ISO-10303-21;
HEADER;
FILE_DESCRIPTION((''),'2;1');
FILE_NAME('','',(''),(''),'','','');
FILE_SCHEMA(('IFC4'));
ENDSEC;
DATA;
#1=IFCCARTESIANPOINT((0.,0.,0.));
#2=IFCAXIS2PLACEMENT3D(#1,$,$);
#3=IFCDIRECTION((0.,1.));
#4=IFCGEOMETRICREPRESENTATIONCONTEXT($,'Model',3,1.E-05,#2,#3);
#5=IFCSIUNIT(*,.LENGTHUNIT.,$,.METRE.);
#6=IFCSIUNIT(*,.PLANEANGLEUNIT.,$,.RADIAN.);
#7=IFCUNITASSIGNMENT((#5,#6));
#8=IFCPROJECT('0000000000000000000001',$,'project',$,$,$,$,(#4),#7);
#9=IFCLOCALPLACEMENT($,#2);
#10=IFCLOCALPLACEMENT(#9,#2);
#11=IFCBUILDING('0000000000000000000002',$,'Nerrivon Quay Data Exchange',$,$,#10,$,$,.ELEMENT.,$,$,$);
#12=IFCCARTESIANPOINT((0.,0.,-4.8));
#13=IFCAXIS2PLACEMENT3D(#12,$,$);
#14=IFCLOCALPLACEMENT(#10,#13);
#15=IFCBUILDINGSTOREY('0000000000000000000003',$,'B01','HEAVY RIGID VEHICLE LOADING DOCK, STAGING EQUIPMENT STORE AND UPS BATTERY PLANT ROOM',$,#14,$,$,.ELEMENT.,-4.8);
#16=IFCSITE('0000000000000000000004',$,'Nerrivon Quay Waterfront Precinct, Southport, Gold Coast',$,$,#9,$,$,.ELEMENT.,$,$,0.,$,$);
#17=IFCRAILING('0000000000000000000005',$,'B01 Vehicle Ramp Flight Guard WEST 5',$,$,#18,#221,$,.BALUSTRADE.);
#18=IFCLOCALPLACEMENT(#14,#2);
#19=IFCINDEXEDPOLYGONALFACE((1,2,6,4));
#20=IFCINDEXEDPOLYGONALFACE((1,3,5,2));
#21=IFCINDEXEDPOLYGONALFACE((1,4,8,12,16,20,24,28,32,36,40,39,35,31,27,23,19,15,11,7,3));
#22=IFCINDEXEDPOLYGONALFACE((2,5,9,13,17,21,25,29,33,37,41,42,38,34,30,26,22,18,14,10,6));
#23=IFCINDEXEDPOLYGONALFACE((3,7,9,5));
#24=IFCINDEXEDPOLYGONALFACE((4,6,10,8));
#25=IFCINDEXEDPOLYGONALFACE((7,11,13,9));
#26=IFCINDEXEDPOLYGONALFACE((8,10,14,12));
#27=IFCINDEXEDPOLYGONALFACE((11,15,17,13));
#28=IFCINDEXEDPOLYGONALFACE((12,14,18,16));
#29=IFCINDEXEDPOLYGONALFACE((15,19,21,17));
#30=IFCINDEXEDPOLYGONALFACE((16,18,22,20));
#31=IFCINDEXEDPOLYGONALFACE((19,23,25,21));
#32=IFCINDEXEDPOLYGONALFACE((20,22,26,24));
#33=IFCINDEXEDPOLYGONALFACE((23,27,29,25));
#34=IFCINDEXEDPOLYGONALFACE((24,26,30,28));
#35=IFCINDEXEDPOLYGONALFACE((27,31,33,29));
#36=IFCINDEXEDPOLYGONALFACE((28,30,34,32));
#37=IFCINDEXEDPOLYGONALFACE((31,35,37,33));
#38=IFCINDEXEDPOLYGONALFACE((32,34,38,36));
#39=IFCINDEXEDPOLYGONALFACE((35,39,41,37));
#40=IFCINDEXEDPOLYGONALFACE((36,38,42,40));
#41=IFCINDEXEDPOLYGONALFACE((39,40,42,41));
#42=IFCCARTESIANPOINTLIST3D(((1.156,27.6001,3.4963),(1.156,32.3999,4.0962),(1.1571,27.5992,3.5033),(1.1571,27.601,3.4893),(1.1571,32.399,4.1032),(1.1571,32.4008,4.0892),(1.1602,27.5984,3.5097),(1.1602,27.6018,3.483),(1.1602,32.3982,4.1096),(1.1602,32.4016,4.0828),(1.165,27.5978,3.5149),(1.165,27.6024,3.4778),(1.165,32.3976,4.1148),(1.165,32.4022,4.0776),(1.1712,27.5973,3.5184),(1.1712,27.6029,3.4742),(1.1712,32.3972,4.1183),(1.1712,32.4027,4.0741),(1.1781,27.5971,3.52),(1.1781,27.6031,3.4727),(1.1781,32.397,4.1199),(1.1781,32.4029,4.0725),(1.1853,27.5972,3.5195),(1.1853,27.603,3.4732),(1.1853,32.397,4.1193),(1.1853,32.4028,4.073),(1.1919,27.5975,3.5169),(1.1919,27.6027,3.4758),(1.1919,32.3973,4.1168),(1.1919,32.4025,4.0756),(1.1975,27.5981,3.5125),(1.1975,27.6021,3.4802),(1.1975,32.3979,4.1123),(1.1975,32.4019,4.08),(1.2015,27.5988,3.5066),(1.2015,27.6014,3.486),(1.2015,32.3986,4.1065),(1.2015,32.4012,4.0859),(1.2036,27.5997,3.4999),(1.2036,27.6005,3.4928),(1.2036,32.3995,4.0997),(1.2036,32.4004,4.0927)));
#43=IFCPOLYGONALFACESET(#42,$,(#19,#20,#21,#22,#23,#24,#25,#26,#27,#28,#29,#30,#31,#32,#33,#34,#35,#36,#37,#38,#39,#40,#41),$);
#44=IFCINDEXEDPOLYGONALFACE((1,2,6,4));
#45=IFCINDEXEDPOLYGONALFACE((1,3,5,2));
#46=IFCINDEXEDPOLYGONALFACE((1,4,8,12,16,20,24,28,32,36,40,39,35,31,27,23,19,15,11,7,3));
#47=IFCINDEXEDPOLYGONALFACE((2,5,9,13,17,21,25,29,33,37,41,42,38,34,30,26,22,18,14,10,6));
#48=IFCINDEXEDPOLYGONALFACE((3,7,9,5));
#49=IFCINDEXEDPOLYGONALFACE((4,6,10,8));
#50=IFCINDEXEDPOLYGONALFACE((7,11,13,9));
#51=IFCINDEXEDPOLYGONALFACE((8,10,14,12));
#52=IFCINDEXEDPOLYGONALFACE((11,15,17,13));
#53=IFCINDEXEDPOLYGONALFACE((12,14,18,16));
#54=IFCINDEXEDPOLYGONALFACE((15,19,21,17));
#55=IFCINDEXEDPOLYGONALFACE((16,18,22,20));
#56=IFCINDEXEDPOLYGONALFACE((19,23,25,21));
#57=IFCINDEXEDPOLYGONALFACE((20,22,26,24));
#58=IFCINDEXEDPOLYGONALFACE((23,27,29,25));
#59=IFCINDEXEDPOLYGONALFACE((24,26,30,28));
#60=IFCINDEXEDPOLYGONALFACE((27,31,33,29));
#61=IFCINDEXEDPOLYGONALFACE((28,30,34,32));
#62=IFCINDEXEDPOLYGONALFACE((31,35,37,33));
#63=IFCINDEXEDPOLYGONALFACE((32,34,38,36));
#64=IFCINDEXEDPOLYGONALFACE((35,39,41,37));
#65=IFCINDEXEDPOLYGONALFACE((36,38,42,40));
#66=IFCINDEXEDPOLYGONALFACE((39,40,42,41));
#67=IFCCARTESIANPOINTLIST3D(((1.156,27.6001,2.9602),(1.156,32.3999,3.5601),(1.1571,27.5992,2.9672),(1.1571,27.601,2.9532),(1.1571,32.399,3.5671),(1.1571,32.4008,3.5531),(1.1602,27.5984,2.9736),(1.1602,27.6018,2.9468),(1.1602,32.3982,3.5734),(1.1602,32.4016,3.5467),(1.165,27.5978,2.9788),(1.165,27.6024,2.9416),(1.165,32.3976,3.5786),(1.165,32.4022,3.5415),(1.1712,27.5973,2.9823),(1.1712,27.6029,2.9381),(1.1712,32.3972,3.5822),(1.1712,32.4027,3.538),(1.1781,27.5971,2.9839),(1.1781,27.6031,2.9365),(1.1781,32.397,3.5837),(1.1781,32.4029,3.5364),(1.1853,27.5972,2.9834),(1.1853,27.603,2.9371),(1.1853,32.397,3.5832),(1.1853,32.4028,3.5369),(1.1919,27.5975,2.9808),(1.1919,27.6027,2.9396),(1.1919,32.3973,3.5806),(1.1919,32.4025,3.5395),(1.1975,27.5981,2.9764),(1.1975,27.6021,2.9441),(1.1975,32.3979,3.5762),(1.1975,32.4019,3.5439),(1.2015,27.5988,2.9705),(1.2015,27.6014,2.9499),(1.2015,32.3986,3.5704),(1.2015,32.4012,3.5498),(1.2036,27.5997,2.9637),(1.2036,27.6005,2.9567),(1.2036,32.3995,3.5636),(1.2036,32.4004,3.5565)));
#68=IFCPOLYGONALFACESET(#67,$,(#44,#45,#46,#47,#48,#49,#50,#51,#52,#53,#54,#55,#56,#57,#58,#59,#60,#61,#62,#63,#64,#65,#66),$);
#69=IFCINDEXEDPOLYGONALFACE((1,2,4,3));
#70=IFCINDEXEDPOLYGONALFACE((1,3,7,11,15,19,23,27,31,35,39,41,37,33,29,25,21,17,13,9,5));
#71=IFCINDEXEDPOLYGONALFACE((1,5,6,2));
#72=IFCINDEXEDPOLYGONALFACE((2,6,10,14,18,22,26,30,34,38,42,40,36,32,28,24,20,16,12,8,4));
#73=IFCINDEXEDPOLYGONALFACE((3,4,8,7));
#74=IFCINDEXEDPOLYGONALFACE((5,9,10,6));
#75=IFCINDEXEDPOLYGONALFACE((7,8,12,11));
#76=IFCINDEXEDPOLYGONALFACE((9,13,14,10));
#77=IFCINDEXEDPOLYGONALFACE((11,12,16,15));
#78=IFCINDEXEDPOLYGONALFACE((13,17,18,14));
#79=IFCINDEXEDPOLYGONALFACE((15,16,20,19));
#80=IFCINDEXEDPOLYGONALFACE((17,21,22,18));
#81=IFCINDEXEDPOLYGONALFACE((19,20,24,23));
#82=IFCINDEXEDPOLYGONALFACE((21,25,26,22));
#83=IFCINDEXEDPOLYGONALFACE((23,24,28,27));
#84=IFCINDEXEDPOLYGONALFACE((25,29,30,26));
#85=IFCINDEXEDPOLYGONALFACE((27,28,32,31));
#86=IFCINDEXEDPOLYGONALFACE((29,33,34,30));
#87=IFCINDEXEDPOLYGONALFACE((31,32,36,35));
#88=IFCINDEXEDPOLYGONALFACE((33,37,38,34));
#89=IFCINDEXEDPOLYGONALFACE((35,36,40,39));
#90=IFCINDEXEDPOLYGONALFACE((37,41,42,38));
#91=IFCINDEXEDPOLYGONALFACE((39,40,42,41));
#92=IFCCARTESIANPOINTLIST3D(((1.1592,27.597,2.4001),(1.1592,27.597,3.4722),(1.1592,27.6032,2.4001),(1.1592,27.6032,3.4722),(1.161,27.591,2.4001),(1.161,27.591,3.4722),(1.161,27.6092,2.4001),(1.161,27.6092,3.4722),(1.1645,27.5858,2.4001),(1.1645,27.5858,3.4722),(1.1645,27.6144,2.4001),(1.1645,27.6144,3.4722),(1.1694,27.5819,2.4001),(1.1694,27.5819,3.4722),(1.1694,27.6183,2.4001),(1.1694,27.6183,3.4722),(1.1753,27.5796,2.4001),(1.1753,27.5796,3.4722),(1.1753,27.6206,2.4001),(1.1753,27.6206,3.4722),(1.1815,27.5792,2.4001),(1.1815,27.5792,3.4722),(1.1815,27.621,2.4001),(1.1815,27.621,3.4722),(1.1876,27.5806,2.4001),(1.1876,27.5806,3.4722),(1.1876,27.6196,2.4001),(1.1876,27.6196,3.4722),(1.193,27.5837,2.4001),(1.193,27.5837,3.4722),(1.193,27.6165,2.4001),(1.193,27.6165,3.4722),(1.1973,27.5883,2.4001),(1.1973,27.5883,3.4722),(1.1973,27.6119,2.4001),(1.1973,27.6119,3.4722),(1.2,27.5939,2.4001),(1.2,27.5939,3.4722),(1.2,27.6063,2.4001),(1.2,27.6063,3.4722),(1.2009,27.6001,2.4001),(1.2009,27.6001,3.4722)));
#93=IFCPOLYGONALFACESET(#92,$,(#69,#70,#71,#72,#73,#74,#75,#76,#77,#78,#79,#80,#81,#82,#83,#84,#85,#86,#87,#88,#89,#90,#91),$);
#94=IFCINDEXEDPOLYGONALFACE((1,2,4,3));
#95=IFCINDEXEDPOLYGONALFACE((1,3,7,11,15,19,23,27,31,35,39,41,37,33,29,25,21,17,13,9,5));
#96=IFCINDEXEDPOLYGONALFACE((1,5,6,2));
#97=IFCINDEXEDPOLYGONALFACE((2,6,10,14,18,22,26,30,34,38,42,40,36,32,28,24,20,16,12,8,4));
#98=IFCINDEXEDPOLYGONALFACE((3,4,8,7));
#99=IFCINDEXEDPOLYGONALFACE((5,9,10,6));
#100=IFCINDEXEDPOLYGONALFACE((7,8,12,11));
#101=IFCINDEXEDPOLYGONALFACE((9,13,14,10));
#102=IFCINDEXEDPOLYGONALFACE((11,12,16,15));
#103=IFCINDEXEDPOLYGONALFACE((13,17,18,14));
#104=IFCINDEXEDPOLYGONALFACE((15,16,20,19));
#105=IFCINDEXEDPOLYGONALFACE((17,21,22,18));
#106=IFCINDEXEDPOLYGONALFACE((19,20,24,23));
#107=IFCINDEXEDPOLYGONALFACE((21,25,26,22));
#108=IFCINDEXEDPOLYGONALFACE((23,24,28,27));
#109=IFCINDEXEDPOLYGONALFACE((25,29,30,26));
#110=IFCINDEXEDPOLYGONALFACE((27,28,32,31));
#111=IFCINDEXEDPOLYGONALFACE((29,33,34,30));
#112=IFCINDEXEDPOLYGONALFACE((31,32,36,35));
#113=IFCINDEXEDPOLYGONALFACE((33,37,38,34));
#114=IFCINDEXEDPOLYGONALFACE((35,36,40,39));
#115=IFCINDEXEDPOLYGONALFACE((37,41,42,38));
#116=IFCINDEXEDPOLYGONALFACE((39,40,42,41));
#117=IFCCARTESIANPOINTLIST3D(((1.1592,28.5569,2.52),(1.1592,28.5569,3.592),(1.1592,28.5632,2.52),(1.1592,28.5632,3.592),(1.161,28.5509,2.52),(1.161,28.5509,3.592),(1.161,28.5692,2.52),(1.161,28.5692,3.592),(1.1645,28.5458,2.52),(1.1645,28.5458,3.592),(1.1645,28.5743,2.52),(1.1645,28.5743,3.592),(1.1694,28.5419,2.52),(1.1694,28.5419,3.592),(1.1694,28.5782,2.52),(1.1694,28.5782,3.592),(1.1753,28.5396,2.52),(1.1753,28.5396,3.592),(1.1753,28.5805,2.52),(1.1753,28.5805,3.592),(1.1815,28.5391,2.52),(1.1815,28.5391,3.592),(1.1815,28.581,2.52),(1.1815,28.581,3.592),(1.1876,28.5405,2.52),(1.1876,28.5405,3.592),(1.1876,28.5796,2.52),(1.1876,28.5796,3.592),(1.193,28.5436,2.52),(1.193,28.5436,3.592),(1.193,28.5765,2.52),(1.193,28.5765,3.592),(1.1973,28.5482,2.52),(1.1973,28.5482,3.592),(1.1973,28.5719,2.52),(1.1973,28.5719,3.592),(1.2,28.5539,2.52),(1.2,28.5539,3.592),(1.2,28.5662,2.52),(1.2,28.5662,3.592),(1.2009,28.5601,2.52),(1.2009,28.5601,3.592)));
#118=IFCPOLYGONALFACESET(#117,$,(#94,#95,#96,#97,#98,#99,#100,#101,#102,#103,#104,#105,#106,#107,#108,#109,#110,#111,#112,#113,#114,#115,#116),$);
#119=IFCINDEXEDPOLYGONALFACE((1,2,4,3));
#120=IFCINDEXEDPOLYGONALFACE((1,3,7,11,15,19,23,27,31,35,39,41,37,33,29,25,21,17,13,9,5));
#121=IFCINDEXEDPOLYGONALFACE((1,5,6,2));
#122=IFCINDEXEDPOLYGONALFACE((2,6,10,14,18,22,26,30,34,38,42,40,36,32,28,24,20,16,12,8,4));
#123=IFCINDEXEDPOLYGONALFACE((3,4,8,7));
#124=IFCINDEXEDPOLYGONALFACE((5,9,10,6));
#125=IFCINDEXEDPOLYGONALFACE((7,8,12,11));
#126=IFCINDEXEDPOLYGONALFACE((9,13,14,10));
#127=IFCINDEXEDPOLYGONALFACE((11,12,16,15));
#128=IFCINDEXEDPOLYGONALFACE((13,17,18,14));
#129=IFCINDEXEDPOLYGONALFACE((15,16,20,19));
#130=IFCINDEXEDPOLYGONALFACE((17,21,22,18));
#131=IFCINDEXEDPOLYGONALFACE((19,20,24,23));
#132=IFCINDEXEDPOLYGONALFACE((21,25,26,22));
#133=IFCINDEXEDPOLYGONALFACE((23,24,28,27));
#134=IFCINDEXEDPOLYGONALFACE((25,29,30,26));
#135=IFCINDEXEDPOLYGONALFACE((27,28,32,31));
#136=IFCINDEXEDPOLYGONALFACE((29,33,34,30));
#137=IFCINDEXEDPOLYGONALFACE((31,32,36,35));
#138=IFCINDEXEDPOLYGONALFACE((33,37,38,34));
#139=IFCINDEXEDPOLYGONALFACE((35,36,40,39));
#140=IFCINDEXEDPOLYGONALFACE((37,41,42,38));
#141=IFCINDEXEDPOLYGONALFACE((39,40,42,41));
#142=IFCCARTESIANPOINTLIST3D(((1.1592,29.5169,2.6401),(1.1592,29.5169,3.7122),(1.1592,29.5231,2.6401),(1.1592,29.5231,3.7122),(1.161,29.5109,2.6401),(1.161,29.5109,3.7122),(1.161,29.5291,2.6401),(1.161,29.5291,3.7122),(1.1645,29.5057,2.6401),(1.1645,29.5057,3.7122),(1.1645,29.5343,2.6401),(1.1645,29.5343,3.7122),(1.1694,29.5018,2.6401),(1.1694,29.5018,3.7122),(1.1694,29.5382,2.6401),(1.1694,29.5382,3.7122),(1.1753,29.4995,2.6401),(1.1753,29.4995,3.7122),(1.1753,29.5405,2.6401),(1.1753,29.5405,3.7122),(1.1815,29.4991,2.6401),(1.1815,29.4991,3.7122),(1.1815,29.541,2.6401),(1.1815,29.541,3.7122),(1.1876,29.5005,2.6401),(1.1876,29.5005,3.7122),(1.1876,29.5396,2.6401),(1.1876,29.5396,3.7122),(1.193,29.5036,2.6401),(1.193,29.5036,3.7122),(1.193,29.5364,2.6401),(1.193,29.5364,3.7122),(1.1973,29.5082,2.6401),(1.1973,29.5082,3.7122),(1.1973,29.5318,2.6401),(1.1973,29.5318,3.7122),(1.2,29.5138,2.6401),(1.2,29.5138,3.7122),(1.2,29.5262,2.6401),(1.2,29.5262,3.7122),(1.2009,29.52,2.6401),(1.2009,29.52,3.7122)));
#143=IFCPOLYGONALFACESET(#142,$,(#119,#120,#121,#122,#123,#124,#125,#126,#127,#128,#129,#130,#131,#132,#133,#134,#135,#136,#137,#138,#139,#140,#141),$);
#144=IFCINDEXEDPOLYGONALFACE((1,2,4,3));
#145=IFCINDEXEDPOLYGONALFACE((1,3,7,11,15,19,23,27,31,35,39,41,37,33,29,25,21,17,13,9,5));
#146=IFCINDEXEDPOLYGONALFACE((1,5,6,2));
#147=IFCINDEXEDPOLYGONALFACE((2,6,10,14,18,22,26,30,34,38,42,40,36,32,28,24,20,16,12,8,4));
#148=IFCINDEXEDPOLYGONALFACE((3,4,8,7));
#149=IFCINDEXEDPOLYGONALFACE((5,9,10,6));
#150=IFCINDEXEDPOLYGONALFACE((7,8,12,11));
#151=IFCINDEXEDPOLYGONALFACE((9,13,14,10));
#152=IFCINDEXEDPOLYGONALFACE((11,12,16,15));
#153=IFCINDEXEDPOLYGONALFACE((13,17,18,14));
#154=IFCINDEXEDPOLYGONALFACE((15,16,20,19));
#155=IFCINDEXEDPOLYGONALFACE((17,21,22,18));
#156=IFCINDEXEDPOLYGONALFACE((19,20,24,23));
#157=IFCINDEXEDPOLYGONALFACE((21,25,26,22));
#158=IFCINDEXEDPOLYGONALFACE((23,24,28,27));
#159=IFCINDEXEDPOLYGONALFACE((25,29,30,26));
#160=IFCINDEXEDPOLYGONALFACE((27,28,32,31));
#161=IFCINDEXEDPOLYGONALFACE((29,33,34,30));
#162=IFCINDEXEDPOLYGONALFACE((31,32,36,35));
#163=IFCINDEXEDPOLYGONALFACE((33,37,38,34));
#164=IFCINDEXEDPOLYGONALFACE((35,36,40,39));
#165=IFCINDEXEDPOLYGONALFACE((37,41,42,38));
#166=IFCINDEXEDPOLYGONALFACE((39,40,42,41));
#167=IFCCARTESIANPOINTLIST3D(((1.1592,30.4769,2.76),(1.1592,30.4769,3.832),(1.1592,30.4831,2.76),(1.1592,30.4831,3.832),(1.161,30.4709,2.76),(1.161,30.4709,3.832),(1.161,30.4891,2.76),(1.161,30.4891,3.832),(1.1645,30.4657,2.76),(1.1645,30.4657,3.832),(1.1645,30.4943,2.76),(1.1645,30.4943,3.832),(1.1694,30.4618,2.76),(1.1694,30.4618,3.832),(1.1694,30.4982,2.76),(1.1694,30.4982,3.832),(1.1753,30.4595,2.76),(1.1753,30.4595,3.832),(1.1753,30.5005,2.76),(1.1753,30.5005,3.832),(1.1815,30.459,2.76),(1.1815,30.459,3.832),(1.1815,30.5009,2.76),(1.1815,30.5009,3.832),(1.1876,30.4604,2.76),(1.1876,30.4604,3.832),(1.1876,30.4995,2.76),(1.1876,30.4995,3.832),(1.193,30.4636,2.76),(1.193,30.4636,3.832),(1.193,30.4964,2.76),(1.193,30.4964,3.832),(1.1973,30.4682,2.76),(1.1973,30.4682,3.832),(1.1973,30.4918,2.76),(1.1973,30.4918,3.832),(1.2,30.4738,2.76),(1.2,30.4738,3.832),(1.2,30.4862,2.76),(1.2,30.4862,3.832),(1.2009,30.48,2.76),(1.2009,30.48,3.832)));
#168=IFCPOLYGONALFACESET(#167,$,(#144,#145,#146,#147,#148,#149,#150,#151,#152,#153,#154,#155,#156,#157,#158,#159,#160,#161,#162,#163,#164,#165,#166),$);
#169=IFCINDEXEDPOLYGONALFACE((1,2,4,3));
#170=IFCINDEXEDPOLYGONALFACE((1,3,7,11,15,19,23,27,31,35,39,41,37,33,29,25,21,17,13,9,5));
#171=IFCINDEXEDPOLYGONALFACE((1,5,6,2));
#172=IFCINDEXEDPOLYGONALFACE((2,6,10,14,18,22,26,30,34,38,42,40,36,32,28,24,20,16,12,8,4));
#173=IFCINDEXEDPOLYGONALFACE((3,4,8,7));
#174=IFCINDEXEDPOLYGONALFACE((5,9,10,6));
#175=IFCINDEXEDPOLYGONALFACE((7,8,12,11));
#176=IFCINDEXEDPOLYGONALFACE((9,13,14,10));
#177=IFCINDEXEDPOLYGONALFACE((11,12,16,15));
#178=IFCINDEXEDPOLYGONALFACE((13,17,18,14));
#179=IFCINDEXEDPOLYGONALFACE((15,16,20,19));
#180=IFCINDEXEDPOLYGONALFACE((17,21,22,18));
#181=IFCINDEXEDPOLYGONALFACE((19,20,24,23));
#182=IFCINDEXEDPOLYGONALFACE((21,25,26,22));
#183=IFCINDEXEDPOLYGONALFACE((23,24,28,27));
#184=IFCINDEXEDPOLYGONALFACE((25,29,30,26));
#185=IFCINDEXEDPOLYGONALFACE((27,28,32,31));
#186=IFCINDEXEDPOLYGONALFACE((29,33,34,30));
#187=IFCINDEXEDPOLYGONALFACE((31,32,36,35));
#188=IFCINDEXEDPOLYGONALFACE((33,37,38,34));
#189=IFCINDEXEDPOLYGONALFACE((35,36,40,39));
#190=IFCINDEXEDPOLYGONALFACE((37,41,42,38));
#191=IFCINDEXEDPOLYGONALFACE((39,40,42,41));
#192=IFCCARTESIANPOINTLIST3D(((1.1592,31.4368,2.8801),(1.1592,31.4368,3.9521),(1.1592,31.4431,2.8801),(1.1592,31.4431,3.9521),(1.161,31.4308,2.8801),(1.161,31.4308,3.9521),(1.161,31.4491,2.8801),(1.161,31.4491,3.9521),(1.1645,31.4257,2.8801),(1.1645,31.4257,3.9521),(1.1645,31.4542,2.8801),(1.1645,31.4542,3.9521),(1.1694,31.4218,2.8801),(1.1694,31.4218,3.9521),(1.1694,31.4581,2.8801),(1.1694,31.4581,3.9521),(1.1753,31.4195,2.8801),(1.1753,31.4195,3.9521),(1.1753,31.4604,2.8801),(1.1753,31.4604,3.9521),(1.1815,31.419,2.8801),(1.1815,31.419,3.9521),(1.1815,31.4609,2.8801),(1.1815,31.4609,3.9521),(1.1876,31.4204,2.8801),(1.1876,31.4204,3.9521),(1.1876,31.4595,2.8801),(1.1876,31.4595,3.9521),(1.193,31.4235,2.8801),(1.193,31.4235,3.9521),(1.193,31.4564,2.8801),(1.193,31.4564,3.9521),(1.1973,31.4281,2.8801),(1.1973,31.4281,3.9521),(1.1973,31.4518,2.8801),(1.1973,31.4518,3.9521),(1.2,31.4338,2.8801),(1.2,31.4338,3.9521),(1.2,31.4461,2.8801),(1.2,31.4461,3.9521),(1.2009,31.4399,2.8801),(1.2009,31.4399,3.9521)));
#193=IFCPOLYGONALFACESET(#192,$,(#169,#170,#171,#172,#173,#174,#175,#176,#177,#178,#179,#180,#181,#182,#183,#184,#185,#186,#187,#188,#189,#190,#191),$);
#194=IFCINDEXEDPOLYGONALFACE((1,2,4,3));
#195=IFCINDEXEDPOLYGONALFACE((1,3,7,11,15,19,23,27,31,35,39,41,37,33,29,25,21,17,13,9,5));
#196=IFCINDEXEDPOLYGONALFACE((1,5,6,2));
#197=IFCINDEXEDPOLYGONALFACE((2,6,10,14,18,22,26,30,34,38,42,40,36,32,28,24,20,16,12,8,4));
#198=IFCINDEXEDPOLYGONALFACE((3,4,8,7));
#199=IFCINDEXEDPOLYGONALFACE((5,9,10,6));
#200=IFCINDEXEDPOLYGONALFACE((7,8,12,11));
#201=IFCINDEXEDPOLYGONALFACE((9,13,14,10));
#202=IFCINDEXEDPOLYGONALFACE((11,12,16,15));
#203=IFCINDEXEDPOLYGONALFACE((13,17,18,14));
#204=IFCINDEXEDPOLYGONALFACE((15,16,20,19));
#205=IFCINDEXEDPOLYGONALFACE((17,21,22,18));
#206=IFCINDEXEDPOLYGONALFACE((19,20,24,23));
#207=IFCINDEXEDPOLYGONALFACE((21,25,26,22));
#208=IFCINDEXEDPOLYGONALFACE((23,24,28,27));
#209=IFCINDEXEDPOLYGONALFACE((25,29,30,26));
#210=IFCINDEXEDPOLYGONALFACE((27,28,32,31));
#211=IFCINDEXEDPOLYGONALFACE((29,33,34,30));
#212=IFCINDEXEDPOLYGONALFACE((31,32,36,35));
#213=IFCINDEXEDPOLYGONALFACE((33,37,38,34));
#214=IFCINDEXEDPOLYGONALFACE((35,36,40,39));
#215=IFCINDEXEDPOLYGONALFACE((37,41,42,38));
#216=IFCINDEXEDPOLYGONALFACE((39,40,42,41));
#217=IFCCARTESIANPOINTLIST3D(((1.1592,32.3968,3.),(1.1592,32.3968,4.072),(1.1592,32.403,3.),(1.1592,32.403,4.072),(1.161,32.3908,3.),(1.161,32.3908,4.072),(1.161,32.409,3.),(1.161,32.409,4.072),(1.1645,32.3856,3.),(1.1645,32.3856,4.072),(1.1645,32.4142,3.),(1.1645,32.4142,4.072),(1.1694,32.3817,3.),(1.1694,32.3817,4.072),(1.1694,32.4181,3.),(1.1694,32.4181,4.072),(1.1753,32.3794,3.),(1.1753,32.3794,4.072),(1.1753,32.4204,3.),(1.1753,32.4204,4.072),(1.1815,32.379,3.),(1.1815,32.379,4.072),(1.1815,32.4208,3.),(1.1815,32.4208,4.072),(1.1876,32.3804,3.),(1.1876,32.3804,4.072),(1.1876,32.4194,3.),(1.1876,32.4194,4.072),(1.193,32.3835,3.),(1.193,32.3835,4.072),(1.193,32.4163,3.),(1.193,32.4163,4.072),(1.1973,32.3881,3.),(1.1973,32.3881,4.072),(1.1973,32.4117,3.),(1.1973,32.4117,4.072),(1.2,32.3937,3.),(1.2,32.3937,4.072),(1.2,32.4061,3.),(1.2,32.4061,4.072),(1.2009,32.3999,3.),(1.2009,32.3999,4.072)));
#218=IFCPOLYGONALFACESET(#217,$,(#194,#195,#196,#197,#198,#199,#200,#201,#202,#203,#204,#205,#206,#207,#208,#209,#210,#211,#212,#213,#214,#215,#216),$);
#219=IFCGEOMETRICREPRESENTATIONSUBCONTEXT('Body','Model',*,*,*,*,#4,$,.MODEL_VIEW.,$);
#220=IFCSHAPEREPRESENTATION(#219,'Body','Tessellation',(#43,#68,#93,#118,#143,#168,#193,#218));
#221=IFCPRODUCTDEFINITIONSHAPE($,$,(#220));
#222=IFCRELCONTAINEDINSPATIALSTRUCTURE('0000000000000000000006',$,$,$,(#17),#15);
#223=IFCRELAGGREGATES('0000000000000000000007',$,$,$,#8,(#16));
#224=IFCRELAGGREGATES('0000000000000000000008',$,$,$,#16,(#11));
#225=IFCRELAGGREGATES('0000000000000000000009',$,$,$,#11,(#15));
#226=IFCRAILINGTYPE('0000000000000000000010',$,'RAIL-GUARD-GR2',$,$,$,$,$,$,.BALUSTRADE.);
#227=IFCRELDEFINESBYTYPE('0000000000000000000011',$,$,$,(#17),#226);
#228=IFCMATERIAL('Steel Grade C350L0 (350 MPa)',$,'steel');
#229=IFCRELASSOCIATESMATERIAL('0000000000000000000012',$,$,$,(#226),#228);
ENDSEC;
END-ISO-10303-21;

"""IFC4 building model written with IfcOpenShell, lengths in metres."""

from ifc_helpers import new_model, si_unit, direction, frame, origin, origin_2d, place, context, subcontext, project, spatial, circle, extrude, material, type_object, element, save


model = new_model("IFC4")

# Units and contexts
model_context = context("Model", 3, precision=1e-05, world=origin(), true_north=direction((0.0, 1.0)))
body_context = subcontext(model_context, "Body", "Model", "MODEL_VIEW")
ifc_project = project(units=[si_unit("LENGTHUNIT", "METRE"), si_unit("PLANEANGLEUNIT", "RADIAN")], contexts=[model_context])

# Site, building, storey
site_placement = place(None, origin())
site = spatial("IfcSite", under=ifc_project, at=site_placement, Name="Nerrivon Quay Waterfront Precinct, Southport, Gold Coast", CompositionType="ELEMENT", RefElevation=0.0)
building_placement = place(site_placement, origin())
building = spatial("IfcBuilding", under=site, at=building_placement, Name="Nerrivon Quay Data Exchange", CompositionType="ELEMENT")
storey_placement = place(building_placement, frame((0.0, 0.0, -4.8)))
storey = spatial("IfcBuildingStorey", under=building, at=storey_placement, Name="B01", Description="HEAVY RIGID VEHICLE LOADING DOCK, STAGING EQUIPMENT STORE AND UPS BATTERY PLANT ROOM", CompositionType="ELEMENT", Elevation=-4.8)

# Railing
ifc_material_1 = material(Name="Steel Grade C350L0 (350 MPa)", Category="steel")
railing_type = type_object("IfcRailingType", Name="RAIL-GUARD-GR2", PredefinedType="BALUSTRADE", material=ifc_material_1)
railing_1_placement = place(storey_placement, frame((1.1799, 27.6001, 2.4001)))
element("IfcRailing", 1, at=railing_1_placement, inside=storey, type_object=railing_type, Name="B01 Vehicle Ramp Flight Guard WEST 5", PredefinedType="BALUSTRADE", context=body_context, shape_type="SweptSolid", body=[
    extrude(circle(Radius=0.0239, at=origin_2d()), frame((0.0, 0.0, 1.0962), z_axis=(0.0, 0.992281, 0.12401), x_axis=(-1.0, 0.0, 0.0)), (0.0, 0.0, 1.0), 4.8372),
    extrude(circle(Radius=0.0239, at=origin_2d()), frame((0.0, 0.0, 0.5601), z_axis=(0.0, 0.992281, 0.12401), x_axis=(-1.0, 0.0, 0.0)), (0.0, 0.0, 1.0), 4.8372),
    extrude(circle(Radius=0.021, at=origin_2d()), origin(), (0.0, 0.0, 1.0), 1.072),
    extrude(circle(Radius=0.021, at=origin_2d()), frame((0.0, 0.96, 0.1199)), (0.0, 0.0, 1.0), 1.072),
    extrude(circle(Radius=0.021, at=origin_2d()), frame((0.0, 1.9199, 0.24)), (0.0, 0.0, 1.0), 1.072),
    extrude(circle(Radius=0.021, at=origin_2d()), frame((0.0, 2.8799, 0.3599)), (0.0, 0.0, 1.0), 1.072),
    extrude(circle(Radius=0.021, at=origin_2d()), frame((0.0, 3.8398, 0.48)), (0.0, 0.0, 1.0), 1.072),
    extrude(circle(Radius=0.021, at=origin_2d()), frame((0.0, 4.7998, 0.5999)), (0.0, 0.0, 1.0), 1.072),
])

save(model, "model.ifc")
